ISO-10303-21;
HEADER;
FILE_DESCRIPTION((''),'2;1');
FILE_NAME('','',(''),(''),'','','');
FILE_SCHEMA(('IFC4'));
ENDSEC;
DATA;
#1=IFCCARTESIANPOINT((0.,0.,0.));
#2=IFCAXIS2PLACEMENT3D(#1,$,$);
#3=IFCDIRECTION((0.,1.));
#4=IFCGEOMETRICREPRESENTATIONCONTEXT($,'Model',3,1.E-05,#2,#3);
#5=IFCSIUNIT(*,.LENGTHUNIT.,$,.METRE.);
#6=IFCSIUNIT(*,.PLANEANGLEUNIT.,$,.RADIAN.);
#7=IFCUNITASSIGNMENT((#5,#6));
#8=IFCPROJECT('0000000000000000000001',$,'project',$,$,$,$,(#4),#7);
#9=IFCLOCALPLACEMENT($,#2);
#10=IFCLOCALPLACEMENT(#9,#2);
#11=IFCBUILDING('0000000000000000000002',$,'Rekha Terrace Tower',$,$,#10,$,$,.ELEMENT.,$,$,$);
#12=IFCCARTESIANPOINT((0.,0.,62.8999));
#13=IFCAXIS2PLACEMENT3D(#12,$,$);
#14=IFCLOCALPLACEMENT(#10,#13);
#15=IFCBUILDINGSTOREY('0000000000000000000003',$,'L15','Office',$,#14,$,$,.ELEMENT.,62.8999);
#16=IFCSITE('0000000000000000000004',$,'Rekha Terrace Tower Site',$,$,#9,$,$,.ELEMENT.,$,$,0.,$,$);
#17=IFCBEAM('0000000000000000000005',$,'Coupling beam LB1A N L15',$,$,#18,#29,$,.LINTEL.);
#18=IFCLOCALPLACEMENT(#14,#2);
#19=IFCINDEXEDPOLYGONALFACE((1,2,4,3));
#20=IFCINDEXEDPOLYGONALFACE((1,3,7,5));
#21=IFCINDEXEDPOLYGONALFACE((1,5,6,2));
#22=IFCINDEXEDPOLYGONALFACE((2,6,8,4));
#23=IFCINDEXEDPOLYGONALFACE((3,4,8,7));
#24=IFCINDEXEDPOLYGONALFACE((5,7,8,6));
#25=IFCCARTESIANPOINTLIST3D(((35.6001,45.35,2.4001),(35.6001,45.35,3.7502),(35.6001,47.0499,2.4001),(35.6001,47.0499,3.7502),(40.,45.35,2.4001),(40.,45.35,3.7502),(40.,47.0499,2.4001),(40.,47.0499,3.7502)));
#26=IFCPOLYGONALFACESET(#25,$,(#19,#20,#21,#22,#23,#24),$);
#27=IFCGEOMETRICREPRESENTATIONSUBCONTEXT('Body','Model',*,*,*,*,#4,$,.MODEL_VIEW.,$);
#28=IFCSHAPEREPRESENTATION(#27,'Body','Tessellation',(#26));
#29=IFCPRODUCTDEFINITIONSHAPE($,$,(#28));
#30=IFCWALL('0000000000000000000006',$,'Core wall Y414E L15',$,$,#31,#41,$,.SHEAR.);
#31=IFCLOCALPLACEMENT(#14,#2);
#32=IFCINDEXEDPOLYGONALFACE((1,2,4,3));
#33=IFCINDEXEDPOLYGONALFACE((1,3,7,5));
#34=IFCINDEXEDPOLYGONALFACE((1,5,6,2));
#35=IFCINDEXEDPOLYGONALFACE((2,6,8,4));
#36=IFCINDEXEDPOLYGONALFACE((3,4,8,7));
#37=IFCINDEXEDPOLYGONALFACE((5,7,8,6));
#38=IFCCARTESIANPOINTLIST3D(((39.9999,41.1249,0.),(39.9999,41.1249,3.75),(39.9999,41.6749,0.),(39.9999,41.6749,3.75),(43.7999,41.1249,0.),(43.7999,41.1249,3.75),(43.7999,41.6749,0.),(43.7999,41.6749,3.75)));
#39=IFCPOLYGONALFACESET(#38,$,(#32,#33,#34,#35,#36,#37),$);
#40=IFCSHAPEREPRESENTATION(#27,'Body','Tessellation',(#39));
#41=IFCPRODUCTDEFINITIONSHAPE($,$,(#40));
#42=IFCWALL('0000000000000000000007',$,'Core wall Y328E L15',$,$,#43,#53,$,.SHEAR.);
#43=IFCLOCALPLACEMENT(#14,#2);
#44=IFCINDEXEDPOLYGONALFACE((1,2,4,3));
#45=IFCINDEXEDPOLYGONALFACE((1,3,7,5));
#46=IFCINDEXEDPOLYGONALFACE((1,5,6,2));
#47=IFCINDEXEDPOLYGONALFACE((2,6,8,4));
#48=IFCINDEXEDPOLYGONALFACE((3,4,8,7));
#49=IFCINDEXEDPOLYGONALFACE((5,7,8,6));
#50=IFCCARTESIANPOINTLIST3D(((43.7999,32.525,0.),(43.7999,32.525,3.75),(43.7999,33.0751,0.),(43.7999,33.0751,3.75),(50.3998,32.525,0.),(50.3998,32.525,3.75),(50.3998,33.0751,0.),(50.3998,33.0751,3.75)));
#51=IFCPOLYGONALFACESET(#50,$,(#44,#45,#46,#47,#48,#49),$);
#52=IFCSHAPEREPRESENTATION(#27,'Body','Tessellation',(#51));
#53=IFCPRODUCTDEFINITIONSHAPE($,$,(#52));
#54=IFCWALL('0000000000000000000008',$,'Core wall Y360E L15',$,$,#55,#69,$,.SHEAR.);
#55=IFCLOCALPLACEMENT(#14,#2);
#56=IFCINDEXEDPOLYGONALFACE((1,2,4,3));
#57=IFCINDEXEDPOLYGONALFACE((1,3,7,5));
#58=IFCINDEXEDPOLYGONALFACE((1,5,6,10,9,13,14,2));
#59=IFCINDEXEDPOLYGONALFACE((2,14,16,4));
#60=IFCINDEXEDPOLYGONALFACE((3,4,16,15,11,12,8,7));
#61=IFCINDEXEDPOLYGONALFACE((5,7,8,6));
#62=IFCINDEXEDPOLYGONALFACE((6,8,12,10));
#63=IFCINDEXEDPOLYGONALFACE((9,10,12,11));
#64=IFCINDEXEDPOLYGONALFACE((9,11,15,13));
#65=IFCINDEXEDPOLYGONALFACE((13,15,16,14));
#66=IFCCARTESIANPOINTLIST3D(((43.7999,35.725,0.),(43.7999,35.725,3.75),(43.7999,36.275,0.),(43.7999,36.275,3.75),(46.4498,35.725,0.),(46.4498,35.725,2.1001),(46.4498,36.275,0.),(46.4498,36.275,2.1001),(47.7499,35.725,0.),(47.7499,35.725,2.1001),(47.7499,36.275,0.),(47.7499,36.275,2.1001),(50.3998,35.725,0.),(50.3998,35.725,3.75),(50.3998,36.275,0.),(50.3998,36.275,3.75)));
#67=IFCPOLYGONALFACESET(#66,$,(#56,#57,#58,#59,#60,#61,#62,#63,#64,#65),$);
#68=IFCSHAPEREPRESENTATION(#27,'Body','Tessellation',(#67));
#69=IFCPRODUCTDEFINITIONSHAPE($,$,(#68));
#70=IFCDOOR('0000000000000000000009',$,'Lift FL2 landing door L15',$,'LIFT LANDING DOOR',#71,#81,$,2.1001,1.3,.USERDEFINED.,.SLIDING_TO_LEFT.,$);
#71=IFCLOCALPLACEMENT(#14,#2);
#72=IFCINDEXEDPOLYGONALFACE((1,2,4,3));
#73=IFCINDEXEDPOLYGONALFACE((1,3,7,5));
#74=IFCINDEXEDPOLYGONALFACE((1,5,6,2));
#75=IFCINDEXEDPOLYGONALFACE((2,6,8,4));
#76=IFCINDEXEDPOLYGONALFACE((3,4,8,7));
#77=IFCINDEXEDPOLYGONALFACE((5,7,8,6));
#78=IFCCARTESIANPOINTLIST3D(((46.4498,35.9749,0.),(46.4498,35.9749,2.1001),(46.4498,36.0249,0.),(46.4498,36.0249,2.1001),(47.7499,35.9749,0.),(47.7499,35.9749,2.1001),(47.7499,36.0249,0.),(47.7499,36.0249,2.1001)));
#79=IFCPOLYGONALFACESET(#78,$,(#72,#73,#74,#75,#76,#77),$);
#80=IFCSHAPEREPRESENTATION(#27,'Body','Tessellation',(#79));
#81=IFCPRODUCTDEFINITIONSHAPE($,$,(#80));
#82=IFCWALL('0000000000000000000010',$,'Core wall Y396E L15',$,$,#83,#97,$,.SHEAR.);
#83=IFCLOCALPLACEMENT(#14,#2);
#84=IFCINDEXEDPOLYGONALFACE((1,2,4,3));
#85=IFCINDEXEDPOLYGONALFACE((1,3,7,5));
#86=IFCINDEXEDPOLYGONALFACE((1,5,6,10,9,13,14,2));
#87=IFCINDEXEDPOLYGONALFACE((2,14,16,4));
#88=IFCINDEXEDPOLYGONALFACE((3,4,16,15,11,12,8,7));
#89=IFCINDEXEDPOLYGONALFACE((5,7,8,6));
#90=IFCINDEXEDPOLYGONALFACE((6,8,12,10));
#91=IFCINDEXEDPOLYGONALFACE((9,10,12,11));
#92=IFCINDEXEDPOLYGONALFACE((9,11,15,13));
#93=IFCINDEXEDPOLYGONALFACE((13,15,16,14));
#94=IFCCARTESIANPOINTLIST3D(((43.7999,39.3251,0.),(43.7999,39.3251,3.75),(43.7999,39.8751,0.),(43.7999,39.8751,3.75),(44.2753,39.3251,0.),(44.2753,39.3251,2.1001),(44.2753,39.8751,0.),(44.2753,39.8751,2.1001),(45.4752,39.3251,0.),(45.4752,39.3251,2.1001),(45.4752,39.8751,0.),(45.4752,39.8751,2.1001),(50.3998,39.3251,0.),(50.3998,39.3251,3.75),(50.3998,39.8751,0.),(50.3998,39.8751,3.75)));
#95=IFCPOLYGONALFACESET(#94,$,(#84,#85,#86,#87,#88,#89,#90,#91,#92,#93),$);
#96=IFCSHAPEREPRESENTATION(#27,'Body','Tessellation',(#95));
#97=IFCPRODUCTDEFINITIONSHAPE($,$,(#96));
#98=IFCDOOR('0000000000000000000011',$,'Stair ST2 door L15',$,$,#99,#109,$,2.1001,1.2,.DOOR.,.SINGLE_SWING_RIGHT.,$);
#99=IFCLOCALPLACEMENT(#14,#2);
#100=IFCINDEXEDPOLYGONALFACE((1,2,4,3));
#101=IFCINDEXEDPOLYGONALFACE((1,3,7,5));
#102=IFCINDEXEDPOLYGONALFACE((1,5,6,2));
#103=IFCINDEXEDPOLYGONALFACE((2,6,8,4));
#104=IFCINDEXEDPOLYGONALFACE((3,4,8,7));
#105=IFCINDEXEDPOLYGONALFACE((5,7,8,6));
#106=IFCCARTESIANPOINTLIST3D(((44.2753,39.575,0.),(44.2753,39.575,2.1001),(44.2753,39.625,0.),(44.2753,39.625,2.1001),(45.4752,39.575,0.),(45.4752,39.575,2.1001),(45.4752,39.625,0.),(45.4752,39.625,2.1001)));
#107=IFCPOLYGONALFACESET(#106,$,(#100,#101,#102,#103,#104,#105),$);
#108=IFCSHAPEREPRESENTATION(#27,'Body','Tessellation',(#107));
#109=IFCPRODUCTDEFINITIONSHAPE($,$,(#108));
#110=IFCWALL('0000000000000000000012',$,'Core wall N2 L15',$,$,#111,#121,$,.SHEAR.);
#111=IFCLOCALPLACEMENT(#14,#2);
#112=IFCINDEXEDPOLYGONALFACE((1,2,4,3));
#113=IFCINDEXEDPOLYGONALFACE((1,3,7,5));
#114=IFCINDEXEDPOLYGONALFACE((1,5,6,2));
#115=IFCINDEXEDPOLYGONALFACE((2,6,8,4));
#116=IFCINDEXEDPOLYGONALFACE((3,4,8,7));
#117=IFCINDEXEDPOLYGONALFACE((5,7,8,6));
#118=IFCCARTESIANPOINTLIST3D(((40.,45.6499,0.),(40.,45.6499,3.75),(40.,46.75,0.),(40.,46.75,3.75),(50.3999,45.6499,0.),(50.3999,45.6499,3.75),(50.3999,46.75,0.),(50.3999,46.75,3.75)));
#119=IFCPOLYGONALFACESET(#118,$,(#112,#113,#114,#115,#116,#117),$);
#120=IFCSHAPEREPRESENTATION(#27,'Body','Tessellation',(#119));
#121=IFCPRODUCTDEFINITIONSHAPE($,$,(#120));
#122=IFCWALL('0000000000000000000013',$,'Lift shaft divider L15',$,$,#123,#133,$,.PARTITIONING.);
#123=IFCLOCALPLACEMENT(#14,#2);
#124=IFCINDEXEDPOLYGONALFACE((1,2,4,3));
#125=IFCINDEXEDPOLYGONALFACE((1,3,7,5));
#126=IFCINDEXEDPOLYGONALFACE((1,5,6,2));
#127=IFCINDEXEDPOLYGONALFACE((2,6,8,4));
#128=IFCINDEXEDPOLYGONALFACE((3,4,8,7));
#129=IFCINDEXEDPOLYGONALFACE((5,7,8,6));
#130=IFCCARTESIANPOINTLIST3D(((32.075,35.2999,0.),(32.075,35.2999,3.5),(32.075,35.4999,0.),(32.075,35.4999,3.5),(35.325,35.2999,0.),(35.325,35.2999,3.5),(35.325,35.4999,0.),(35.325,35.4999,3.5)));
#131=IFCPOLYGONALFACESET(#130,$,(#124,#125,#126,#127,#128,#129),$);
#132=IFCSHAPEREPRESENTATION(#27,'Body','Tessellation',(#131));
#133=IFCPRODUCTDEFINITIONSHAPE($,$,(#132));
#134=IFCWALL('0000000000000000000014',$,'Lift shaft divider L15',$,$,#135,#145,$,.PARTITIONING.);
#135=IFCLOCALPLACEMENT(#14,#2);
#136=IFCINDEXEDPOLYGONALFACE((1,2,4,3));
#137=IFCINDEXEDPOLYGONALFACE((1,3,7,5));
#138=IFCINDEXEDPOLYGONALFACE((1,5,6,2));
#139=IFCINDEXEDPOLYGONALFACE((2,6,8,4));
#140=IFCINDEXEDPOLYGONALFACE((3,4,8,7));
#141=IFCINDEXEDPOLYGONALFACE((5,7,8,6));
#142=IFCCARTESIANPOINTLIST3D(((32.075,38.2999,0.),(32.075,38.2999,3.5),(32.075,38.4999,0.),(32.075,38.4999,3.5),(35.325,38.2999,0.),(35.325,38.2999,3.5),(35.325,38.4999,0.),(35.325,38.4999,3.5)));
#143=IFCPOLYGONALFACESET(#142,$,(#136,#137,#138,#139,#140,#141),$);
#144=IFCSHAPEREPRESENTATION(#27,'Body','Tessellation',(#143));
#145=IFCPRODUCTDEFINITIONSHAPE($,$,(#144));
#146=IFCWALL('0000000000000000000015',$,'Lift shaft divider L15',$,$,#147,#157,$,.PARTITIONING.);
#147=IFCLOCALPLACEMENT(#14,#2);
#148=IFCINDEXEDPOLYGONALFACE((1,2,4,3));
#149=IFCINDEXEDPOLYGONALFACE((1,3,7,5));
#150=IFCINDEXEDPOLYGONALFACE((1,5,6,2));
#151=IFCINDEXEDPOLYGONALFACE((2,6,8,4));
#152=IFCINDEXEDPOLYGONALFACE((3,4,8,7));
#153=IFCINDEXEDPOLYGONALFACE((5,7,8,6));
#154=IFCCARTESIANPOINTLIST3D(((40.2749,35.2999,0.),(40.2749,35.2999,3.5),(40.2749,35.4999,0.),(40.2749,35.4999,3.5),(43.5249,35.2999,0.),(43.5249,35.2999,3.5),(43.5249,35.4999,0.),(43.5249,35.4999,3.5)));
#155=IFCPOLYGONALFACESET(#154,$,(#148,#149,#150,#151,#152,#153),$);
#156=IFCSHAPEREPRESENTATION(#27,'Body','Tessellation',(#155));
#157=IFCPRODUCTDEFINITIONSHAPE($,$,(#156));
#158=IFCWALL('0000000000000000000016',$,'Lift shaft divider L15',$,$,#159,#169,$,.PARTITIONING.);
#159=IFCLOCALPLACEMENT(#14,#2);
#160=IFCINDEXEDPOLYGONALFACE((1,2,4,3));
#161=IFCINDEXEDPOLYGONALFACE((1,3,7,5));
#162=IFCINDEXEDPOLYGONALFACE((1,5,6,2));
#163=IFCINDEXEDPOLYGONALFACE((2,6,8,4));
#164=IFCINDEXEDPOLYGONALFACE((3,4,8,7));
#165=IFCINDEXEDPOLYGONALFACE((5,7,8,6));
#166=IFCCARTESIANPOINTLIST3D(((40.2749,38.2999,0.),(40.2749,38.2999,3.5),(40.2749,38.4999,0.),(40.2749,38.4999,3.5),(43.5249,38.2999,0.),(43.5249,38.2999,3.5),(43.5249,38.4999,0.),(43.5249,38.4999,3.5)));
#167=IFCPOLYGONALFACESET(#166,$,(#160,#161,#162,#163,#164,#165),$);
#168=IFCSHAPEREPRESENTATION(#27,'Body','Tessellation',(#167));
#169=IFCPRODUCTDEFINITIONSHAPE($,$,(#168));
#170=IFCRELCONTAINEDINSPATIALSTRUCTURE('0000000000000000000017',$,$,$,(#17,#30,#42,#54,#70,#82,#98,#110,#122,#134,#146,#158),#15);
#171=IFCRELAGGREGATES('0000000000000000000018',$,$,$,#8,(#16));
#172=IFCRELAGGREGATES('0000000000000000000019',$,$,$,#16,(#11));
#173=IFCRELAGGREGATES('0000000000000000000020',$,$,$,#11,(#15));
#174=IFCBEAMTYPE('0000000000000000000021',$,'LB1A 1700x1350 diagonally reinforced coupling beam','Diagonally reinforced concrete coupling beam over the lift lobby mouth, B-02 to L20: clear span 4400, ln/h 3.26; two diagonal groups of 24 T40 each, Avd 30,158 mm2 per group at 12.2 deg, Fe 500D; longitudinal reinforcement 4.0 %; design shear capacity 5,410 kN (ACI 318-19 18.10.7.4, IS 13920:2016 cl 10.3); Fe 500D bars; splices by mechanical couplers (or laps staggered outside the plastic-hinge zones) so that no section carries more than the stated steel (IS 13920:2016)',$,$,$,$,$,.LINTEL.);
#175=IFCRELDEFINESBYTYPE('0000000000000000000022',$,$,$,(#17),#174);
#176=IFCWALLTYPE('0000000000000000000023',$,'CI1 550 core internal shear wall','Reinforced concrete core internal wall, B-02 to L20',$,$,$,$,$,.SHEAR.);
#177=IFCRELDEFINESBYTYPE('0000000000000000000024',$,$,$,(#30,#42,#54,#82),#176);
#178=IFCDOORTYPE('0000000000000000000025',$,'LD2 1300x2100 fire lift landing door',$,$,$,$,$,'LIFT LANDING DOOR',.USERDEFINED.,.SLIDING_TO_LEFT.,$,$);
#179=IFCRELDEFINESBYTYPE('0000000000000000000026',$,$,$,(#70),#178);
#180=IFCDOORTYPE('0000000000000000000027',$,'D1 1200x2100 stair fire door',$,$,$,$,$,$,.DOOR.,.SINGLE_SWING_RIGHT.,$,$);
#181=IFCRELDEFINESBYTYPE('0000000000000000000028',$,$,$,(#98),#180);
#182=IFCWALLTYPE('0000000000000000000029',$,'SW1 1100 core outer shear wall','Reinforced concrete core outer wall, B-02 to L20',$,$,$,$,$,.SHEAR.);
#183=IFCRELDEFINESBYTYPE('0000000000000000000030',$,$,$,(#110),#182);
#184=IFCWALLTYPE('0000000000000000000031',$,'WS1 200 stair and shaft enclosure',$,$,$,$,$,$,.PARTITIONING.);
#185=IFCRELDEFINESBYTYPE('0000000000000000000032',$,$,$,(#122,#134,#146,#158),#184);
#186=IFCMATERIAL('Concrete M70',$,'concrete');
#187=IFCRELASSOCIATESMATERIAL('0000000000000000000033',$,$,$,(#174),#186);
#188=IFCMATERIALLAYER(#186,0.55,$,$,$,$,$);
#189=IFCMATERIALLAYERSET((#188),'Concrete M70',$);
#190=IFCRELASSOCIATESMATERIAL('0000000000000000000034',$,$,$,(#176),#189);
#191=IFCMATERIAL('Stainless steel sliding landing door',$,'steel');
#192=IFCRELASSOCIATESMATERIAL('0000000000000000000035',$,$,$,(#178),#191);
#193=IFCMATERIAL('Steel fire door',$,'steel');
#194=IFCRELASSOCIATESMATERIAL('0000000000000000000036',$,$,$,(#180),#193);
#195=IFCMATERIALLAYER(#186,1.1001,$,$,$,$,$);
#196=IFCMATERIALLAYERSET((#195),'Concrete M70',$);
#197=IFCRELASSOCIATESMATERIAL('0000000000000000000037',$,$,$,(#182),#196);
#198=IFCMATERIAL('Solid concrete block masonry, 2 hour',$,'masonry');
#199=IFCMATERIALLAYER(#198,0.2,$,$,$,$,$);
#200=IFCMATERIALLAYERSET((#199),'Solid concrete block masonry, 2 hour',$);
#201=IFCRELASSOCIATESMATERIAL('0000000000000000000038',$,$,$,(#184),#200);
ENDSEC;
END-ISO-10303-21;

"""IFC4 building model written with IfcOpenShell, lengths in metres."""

from ifc_helpers import new_model, si_unit, direction, frame, frame_2d, origin, origin_2d, place, context, subcontext, project, spatial, rectangle, extrude, material, layer, layer_set, material_profile, profile_set, type_object, element, fill, save


model = new_model("IFC4")

# Units and contexts
model_context = context("Model", 3, precision=1e-05, world=origin(), true_north=direction((0.0, 1.0)))
body_context = subcontext(model_context, "Body", "Model", "MODEL_VIEW")
ifc_project = project(units=[si_unit("LENGTHUNIT", "METRE"), si_unit("PLANEANGLEUNIT", "RADIAN")], contexts=[model_context])

# Site, building, storey
site_placement = place(None, origin())
site = spatial("IfcSite", under=ifc_project, at=site_placement, Name="Rekha Terrace Tower Site", CompositionType="ELEMENT", RefElevation=0.0)
building_placement = place(site_placement, origin())
building = spatial("IfcBuilding", under=site, at=building_placement, Name="Rekha Terrace Tower", CompositionType="ELEMENT")
storey_placement = place(building_placement, frame((0.0, 0.0, 62.8999)))
storey = spatial("IfcBuildingStorey", under=building, at=storey_placement, Name="L15", Description="Office", CompositionType="ELEMENT", Elevation=62.8999)

# Beam
ifc_material_1 = material(Name="Concrete M70", Category="concrete")
ifc_material_profile = material_profile(ifc_material_1, rectangle(XDim=1.7, YDim=1.3501, at=origin_2d()), Name="RC 1700x1350")
ifc_profile_set = profile_set([ifc_material_profile], Name="Concrete M70")
beam_type = type_object("IfcBeamType", Name="LB1A 1700x1350 diagonally reinforced coupling beam", Description="Diagonally reinforced concrete coupling beam over the lift lobby mouth, B-02 to L20: clear span 4400, ln/h 3.26; two diagonal groups of 24 T40 each, Avd 30,158 mm2 per group at 12.2 deg, Fe 500D; longitudinal reinforcement 4.0 %; design shear capacity 5,410 kN (ACI 318-19 18.10.7.4, IS 13920:2016 cl 10.3); Fe 500D bars; splices by mechanical couplers (or laps staggered outside the plastic-hinge zones) so that no section carries more than the stated steel (IS 13920:2016)", PredefinedType="LINTEL", material=ifc_profile_set)
beam_placement = place(storey_placement, frame((35.6001, 46.2, 3.0752), z_axis=(1.0, 0.0, 0.0), x_axis=(0.0, 1.0, 0.0)))
element("IfcBeam", 1, at=beam_placement, inside=storey, type_object=beam_type, Name="Coupling beam LB1A N L15", PredefinedType="LINTEL", context=body_context, shape_type="SweptSolid", body=[
    extrude(rectangle(XDim=1.7, YDim=1.3501, at=origin_2d()), origin(), (0.0, 0.0, 1.0), 4.3999),
])

# Walls
ifc_layer_1 = layer(ifc_material_1, 0.55)
ifc_layer_set_1 = layer_set([ifc_layer_1], Name="Concrete M70")
wall_type_1 = type_object("IfcWallType", Name="CI1 550 core internal shear wall", Description="Reinforced concrete core internal wall, B-02 to L20", PredefinedType="SHEAR", material=ifc_layer_set_1)
wall_1_placement = place(storey_placement, frame((40.0, 41.3999, 0.0), z_axis=(0.0, 0.0, 1.0), x_axis=(1.0, 0.0, 0.0)))
element("IfcWall", 2, at=wall_1_placement, inside=storey, type_object=wall_type_1, Name="Core wall Y414E L15", PredefinedType="SHEAR", context=body_context, shape_type="SweptSolid", body=[
    extrude(rectangle(XDim=3.8, YDim=0.55, at=frame_2d((1.8999, 0.0))), origin(), (0.0, 0.0, 1.0), 3.75),
])
wall_2_placement = place(storey_placement, frame((43.8, 32.8, 0.0), z_axis=(0.0, 0.0, 1.0), x_axis=(1.0, 0.0, 0.0)))
element("IfcWall", 3, at=wall_2_placement, inside=storey, type_object=wall_type_1, Name="Core wall Y328E L15", PredefinedType="SHEAR", context=body_context, shape_type="SweptSolid", body=[
    extrude(rectangle(XDim=6.5999, YDim=0.55, at=frame_2d((3.2998, 0.0))), origin(), (0.0, 0.0, 1.0), 3.75),
])

# Walls, openings, doors
wall_3_placement = place(storey_placement, frame((43.8, 36.0, 0.0), z_axis=(0.0, 0.0, 1.0), x_axis=(1.0, 0.0, 0.0)))
wall_3 = element("IfcWall", 4, at=wall_3_placement, inside=storey, type_object=wall_type_1, Name="Core wall Y360E L15", PredefinedType="SHEAR", context=body_context, shape_type="SweptSolid", body=[
    extrude(rectangle(XDim=6.5999, YDim=0.55, at=frame_2d((3.2998, 0.0))), origin(), (0.0, 0.0, 1.0), 3.75),
])
opening_1_placement = place(wall_3_placement, frame((2.6499, 0.0, 0.0)))
opening_1 = element("IfcOpeningElement", 5, at=opening_1_placement, cuts=wall_3, PredefinedType="OPENING", context=body_context, shape_type="SweptSolid", body=[
    extrude(rectangle(XDim=1.3, YDim=2.1001, at=frame_2d((0.6499, 1.05))), frame((0.0, 0.2849, 0.0), z_axis=(0.0, -1.0, 0.0), x_axis=(1.0, 0.0, 0.0)), (0.0, 0.0, 1.0), 0.5701),
])
ifc_material_2 = material(Name="Stainless steel sliding landing door", Category="steel")
door_type_1 = type_object("IfcDoorType", Name="LD2 1300x2100 fire lift landing door", ElementType="LIFT LANDING DOOR", OperationType="SLIDING_TO_LEFT", PredefinedType="USERDEFINED", material=ifc_material_2)
door_1_placement = place(opening_1_placement, origin())
door_1 = element("IfcDoor", 6, at=door_1_placement, inside=storey, type_object=door_type_1, Name="Lift FL2 landing door L15", ObjectType="LIFT LANDING DOOR", OperationType="SLIDING_TO_LEFT", OverallHeight=2.1001, OverallWidth=1.3, PredefinedType="USERDEFINED", context=body_context, shape_type="SweptSolid", body=[
    extrude(rectangle(XDim=1.3, YDim=2.1001, at=frame_2d((0.6499, 1.05))), frame((0.0, 0.0249, 0.0), z_axis=(0.0, -1.0, 0.0), x_axis=(1.0, 0.0, 0.0)), (0.0, 0.0, 1.0), 0.05),
])
fill(opening_1, door_1)
wall_4_placement = place(storey_placement, frame((43.8, 39.6001, 0.0), z_axis=(0.0, 0.0, 1.0), x_axis=(1.0, 0.0, 0.0)))
wall_4 = element("IfcWall", 7, at=wall_4_placement, inside=storey, type_object=wall_type_1, Name="Core wall Y396E L15", PredefinedType="SHEAR", context=body_context, shape_type="SweptSolid", body=[
    extrude(rectangle(XDim=6.5999, YDim=0.55, at=frame_2d((3.2998, 0.0))), origin(), (0.0, 0.0, 1.0), 3.75),
])
opening_2_placement = place(wall_4_placement, frame((0.4751, 0.0, 0.0)))
opening_2 = element("IfcOpeningElement", 8, at=opening_2_placement, cuts=wall_4, PredefinedType="OPENING", context=body_context, shape_type="SweptSolid", body=[
    extrude(rectangle(XDim=1.2, YDim=2.1001, at=frame_2d((0.6001, 1.05))), frame((0.0, 0.2849, 0.0), z_axis=(0.0, -1.0, 0.0), x_axis=(1.0, 0.0, 0.0)), (0.0, 0.0, 1.0), 0.5701),
])
ifc_material_3 = material(Name="Steel fire door", Category="steel")
door_type_2 = type_object("IfcDoorType", Name="D1 1200x2100 stair fire door", OperationType="SINGLE_SWING_RIGHT", PredefinedType="DOOR", material=ifc_material_3)
door_2_placement = place(opening_2_placement, origin())
door_2 = element("IfcDoor", 9, at=door_2_placement, inside=storey, type_object=door_type_2, Name="Stair ST2 door L15", OperationType="SINGLE_SWING_RIGHT", OverallHeight=2.1001, OverallWidth=1.2, PredefinedType="DOOR", context=body_context, shape_type="SweptSolid", body=[
    extrude(rectangle(XDim=1.2, YDim=2.1001, at=frame_2d((0.6001, 1.05))), frame((0.0, 0.0249, 0.0), z_axis=(0.0, -1.0, 0.0), x_axis=(1.0, 0.0, 0.0)), (0.0, 0.0, 1.0), 0.05),
])
fill(opening_2, door_2)

# Walls
ifc_layer_2 = layer(ifc_material_1, 1.1001)
ifc_layer_set_2 = layer_set([ifc_layer_2], Name="Concrete M70")
wall_type_2 = type_object("IfcWallType", Name="SW1 1100 core outer shear wall", Description="Reinforced concrete core outer wall, B-02 to L20", PredefinedType="SHEAR", material=ifc_layer_set_2)
wall_5_placement = place(storey_placement, frame((40.0, 46.2, 0.0), z_axis=(0.0, 0.0, 1.0), x_axis=(1.0, 0.0, 0.0)))
element("IfcWall", 10, at=wall_5_placement, inside=storey, type_object=wall_type_2, Name="Core wall N2 L15", PredefinedType="SHEAR", context=body_context, shape_type="SweptSolid", body=[
    extrude(rectangle(XDim=10.3999, YDim=1.1001, at=frame_2d((5.2, 0.0))), origin(), (0.0, 0.0, 1.0), 3.75),
])
ifc_material_4 = material(Name="Solid concrete block masonry, 2 hour", Category="masonry")
ifc_layer_3 = layer(ifc_material_4, 0.2)
ifc_layer_set_3 = layer_set([ifc_layer_3], Name="Solid concrete block masonry, 2 hour")
wall_type_3 = type_object("IfcWallType", Name="WS1 200 stair and shaft enclosure", PredefinedType="PARTITIONING", material=ifc_layer_set_3)
for number, where, z_axis, x_axis, name in (
    (11, (32.075, 35.3999, 0.0), (0.0, 0.0, 1.0), (1.0, 0.0, 0.0), "Lift shaft divider L15"),
    (12, (32.075, 38.3999, 0.0), (0.0, 0.0, 1.0), (1.0, 0.0, 0.0), "Lift shaft divider L15"),
    (13, (40.2749, 35.3999, 0.0), (0.0, 0.0, 1.0), (1.0, 0.0, 0.0), "Lift shaft divider L15"),
    (14, (40.2749, 38.3999, 0.0), (0.0, 0.0, 1.0), (1.0, 0.0, 0.0), "Lift shaft divider L15"),
):
    element("IfcWall", number, at=place(storey_placement, frame(where, z_axis=z_axis, x_axis=x_axis)), inside=storey, type_object=wall_type_3, Name=name, PredefinedType="PARTITIONING", context=body_context, shape_type="SweptSolid", body=[
        extrude(rectangle(XDim=3.25, YDim=0.2, at=frame_2d((1.625, 0.0))), origin(), (0.0, 0.0, 1.0), 3.5),
    ])

save(model, "model.ifc")
